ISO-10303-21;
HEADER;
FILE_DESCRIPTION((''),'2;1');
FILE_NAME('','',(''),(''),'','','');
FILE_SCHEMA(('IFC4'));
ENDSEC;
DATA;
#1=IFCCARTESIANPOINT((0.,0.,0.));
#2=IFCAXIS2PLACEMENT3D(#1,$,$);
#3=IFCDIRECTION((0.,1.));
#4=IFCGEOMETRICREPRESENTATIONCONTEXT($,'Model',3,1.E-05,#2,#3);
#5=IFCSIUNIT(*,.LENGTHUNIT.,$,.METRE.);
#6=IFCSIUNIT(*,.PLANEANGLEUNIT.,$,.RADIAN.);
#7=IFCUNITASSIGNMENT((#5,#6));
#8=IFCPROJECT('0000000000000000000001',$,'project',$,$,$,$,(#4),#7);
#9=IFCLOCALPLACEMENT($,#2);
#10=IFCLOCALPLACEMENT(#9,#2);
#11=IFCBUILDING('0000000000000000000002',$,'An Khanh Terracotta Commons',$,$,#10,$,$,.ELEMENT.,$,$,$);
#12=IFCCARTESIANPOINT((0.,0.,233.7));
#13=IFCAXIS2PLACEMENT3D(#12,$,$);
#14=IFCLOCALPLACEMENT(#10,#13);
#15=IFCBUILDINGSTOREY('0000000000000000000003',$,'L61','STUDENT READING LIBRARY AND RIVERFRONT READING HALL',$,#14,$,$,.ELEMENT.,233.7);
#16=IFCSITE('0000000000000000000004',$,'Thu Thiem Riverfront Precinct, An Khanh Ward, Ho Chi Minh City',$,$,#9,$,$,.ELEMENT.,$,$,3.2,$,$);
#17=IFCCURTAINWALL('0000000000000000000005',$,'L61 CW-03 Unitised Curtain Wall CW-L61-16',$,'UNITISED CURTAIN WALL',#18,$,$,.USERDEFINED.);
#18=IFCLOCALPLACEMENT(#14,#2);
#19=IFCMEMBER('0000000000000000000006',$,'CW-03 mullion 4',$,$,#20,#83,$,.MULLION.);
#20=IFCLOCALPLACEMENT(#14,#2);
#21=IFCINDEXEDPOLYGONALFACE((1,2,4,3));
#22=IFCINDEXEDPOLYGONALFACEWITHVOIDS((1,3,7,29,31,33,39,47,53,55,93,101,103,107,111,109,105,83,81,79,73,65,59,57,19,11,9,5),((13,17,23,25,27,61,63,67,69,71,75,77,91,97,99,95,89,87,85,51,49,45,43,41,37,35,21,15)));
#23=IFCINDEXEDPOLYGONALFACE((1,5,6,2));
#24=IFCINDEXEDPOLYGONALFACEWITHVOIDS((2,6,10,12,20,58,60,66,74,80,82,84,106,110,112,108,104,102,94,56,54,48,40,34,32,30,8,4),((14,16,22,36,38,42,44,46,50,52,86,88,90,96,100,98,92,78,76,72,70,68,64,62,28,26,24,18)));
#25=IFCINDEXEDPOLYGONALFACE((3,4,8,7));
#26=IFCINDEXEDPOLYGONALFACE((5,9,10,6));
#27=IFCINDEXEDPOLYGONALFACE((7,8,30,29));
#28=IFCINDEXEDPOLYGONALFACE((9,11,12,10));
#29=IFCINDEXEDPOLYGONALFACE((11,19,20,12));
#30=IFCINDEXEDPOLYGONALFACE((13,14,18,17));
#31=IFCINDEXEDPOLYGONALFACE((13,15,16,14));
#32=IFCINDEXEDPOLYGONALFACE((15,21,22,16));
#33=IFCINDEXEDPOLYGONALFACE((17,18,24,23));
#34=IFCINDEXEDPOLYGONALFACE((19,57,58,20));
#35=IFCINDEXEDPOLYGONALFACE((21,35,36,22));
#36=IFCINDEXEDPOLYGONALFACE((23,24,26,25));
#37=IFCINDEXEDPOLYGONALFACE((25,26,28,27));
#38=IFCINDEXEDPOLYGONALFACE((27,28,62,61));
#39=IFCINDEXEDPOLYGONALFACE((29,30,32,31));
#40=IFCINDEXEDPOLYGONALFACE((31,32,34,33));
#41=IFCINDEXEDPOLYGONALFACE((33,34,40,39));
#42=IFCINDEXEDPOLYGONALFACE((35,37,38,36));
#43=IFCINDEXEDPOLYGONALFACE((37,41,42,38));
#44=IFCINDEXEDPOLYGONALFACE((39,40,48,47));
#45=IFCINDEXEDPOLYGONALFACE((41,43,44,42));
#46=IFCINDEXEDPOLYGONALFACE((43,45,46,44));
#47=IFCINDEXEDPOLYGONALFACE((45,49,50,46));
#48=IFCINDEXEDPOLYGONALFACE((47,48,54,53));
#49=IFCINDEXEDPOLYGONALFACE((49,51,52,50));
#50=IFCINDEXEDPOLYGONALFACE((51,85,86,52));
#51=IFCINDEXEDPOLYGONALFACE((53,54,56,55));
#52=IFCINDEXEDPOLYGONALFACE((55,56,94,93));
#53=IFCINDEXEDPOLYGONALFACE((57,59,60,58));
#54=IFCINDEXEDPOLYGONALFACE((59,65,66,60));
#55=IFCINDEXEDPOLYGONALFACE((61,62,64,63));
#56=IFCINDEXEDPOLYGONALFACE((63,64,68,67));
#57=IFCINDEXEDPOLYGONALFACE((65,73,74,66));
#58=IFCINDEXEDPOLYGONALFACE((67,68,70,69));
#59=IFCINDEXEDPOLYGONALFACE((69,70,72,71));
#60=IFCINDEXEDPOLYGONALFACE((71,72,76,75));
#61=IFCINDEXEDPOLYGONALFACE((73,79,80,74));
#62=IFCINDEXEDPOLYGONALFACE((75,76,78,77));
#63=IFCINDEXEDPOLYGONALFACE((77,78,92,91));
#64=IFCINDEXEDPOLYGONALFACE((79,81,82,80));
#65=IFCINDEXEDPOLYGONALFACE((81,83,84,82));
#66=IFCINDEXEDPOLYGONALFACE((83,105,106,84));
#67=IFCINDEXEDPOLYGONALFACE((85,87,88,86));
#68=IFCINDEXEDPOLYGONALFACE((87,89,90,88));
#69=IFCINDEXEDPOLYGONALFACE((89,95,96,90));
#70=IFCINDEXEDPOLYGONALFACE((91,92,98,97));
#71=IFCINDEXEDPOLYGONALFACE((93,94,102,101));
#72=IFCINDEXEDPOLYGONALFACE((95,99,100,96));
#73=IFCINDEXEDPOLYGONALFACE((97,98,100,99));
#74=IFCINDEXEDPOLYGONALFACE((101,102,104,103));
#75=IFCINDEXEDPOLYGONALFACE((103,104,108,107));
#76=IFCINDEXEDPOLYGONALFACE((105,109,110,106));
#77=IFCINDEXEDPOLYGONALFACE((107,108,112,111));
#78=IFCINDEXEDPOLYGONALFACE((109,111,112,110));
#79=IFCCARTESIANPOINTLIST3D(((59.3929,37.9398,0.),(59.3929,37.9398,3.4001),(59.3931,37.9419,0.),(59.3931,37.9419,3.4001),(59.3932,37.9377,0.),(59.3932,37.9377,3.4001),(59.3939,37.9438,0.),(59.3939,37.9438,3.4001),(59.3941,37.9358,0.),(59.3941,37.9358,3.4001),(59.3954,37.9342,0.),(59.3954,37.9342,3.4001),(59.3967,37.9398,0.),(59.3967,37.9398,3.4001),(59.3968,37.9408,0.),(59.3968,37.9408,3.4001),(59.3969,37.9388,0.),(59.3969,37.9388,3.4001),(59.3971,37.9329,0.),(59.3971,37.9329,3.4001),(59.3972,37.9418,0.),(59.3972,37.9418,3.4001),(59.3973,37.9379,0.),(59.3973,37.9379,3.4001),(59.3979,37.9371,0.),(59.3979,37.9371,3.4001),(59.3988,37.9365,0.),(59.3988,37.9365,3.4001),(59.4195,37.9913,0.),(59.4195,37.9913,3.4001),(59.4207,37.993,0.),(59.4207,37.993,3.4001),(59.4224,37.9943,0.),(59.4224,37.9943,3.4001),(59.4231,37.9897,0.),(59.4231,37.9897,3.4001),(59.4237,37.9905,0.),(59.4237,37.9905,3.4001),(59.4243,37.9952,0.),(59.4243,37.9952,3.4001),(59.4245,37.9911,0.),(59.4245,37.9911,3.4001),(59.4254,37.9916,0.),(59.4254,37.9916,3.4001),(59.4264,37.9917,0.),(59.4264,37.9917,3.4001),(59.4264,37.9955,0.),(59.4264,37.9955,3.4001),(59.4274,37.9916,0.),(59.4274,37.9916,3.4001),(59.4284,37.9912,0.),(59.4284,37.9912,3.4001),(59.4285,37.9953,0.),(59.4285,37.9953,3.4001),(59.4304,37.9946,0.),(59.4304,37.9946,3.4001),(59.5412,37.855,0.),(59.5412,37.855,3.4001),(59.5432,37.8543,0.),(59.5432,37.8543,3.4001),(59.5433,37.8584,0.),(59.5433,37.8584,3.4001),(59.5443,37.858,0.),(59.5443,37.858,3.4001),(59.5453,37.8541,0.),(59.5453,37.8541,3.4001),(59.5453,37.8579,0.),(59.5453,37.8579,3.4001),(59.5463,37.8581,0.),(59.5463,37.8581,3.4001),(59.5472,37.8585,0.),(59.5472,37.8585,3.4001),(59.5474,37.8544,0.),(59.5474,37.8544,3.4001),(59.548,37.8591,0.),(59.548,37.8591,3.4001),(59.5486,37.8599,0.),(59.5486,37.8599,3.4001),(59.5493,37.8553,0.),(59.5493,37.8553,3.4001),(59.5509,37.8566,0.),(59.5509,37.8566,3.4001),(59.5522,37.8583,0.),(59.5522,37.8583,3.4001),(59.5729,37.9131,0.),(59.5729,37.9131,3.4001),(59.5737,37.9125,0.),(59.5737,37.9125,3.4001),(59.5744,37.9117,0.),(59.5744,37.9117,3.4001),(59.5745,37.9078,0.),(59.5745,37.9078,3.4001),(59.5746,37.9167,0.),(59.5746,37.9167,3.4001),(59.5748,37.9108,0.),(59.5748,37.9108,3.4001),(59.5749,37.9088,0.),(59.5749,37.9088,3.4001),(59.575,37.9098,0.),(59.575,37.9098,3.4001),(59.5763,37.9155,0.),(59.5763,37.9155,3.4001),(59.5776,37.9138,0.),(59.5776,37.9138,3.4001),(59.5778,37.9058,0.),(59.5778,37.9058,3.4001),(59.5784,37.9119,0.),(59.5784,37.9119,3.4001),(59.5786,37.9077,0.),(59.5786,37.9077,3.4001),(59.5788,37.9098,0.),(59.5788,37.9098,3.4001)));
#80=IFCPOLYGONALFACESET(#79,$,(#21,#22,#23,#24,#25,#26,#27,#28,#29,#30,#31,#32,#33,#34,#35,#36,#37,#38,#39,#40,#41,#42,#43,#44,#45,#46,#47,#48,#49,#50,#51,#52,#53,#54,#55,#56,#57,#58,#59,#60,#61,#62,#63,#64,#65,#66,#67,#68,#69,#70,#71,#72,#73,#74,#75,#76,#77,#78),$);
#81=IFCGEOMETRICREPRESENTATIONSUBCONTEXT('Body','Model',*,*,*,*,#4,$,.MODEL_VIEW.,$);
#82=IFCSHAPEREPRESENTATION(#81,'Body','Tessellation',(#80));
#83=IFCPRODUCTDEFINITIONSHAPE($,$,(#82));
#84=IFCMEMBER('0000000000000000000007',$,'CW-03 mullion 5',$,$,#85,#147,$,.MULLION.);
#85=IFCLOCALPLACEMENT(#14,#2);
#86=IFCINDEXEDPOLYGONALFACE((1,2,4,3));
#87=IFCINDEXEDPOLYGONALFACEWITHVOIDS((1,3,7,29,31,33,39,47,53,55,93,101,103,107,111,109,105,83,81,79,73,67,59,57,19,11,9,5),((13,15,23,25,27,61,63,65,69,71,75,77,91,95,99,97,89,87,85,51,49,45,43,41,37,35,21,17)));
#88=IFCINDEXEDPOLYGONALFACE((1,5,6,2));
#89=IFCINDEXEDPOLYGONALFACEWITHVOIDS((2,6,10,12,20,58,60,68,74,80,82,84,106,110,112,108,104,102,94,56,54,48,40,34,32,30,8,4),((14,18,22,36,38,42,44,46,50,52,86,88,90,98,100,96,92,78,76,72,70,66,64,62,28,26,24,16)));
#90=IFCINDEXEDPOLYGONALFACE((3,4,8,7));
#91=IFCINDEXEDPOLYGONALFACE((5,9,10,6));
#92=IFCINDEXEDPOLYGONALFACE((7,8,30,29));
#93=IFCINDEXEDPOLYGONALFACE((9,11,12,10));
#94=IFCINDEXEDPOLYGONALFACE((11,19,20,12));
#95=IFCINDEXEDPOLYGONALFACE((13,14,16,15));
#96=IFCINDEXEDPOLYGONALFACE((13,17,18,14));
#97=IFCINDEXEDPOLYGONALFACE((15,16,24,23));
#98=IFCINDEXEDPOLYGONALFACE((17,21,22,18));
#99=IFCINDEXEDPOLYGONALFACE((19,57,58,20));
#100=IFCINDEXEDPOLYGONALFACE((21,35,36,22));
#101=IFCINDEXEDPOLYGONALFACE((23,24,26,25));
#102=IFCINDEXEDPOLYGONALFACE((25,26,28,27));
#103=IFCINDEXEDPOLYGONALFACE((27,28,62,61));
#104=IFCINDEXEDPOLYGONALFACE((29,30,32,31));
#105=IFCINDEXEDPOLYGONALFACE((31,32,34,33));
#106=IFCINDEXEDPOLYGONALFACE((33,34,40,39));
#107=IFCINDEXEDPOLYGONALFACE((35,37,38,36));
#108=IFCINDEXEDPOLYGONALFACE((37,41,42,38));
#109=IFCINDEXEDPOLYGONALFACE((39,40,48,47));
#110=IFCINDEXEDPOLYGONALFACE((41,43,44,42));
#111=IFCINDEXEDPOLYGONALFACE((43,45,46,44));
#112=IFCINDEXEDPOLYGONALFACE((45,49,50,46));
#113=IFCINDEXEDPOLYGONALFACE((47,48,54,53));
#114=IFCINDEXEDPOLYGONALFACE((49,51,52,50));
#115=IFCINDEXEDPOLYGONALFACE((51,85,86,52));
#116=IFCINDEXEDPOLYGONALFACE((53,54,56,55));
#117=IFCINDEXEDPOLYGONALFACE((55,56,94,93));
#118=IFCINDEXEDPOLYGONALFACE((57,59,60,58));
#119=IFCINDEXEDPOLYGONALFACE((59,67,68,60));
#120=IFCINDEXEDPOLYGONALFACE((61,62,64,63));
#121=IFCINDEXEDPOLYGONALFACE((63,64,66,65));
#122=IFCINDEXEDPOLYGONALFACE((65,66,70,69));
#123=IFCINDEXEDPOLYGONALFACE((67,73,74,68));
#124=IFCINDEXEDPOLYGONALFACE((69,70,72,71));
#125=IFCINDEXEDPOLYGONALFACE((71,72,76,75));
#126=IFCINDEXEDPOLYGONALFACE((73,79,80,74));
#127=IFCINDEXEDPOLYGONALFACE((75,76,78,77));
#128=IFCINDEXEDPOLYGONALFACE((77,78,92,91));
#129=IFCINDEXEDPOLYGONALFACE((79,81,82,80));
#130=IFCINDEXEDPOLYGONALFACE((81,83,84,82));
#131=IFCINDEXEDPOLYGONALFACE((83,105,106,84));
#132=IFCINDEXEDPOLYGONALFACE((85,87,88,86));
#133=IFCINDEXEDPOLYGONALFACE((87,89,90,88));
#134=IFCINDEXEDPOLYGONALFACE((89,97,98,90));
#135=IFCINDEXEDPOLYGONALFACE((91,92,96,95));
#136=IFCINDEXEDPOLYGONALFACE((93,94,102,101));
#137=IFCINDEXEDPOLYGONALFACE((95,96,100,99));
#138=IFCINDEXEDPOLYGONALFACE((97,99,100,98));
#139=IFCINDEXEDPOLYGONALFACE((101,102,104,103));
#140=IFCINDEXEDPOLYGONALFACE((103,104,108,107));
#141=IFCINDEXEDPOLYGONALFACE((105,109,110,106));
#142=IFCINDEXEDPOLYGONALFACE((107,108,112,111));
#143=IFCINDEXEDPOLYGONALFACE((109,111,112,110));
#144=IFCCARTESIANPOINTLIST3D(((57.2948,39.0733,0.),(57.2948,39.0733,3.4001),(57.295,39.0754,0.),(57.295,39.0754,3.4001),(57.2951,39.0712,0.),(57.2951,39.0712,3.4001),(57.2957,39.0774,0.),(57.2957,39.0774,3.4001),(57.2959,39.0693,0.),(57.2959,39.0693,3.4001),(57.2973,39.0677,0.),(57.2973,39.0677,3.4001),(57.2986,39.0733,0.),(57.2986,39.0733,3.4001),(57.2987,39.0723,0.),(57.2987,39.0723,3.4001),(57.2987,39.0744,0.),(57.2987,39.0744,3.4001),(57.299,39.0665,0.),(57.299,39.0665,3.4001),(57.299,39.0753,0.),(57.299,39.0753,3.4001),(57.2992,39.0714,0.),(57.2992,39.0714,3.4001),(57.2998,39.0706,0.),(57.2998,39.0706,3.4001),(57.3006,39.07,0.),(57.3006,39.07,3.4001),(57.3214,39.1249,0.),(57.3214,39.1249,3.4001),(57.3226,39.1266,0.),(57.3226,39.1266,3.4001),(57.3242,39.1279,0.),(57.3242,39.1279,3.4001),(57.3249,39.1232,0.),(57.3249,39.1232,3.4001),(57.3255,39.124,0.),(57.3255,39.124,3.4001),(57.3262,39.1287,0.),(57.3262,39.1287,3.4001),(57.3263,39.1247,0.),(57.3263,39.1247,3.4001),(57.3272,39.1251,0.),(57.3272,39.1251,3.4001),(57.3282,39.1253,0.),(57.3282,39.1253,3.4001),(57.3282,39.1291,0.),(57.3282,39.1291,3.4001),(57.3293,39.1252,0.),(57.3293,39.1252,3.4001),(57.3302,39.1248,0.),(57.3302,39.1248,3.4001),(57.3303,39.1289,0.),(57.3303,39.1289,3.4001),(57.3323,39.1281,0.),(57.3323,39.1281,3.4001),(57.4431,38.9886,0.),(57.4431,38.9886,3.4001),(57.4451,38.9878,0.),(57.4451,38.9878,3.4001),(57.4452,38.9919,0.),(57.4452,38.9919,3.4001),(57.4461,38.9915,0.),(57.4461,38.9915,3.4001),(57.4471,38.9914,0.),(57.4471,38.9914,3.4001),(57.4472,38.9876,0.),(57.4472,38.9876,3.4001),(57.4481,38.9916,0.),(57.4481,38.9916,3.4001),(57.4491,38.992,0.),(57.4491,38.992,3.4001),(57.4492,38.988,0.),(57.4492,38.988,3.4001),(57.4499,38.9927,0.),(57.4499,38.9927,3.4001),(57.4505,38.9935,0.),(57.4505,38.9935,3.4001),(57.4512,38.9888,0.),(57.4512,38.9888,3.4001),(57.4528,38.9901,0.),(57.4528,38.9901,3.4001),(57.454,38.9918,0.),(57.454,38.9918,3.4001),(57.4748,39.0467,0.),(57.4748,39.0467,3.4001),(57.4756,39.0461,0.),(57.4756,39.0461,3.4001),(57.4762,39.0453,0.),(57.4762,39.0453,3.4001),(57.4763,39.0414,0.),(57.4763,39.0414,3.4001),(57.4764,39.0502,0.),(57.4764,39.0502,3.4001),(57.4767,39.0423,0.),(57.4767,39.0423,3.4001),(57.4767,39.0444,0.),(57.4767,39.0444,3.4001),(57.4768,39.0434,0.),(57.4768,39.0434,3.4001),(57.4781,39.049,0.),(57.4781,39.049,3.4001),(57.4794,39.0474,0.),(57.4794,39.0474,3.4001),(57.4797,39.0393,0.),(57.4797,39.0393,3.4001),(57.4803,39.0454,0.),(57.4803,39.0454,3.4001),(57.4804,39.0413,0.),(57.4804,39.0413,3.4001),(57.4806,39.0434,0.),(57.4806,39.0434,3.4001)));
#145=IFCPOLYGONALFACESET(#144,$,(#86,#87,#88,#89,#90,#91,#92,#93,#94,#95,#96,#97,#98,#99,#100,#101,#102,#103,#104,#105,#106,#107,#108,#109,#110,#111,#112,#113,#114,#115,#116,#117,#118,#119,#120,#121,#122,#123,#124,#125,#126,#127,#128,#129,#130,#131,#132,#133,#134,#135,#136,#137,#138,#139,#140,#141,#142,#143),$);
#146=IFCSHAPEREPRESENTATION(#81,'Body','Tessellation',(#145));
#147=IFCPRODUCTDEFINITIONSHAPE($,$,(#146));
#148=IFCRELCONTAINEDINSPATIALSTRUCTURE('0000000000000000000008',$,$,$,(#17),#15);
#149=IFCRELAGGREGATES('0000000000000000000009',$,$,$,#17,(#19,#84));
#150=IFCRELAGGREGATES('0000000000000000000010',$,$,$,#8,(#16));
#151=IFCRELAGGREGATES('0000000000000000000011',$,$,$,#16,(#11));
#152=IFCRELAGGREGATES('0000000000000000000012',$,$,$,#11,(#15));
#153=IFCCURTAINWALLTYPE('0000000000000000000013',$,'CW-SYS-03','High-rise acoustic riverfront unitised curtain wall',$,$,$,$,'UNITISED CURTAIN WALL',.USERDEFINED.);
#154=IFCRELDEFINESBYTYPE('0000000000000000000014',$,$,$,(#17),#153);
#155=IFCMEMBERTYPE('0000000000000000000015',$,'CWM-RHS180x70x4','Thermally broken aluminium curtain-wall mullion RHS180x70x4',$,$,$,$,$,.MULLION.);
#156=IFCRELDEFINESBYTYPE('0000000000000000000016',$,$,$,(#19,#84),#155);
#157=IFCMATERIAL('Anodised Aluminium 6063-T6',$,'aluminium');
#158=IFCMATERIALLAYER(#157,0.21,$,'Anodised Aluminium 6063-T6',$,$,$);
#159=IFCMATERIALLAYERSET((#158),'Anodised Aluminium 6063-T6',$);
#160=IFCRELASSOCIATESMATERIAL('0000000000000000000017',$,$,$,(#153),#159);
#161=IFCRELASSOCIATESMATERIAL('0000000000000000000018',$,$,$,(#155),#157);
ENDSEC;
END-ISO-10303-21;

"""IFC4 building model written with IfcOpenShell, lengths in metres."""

from ifc_helpers import new_model, si_unit, direction, frame, origin, origin_2d, place, context, subcontext, project, spatial, hollow_rectangle, extrude, material, layer, layer_set, material_profile, profile_set, type_object, element, aggregate, save


model = new_model("IFC4")

# Units and contexts
model_context = context("Model", 3, precision=1e-05, world=origin(), true_north=direction((0.0, 1.0)))
body_context = subcontext(model_context, "Body", "Model", "MODEL_VIEW")
ifc_project = project(units=[si_unit("LENGTHUNIT", "METRE"), si_unit("PLANEANGLEUNIT", "RADIAN")], contexts=[model_context])

# Site, building, storey
site_placement = place(None, origin())
site = spatial("IfcSite", under=ifc_project, at=site_placement, Name="Thu Thiem Riverfront Precinct, An Khanh Ward, Ho Chi Minh City", CompositionType="ELEMENT", RefElevation=3.2)
building_placement = place(site_placement, origin())
building = spatial("IfcBuilding", under=site, at=building_placement, Name="An Khanh Terracotta Commons", CompositionType="ELEMENT")
storey_placement = place(building_placement, frame((0.0, 0.0, 233.7)))
storey = spatial("IfcBuildingStorey", under=building, at=storey_placement, Name="L61", Description="STUDENT READING LIBRARY AND RIVERFRONT READING HALL", CompositionType="ELEMENT", Elevation=233.7)

# Curtain wall, members
ifc_material_1 = material(Name="Anodised Aluminium 6063-T6", Category="aluminium")
ifc_layer_1 = layer(ifc_material_1, 0.21, Name="Anodised Aluminium 6063-T6")
ifc_layer_set_1 = layer_set([ifc_layer_1], Name="Anodised Aluminium 6063-T6")
curtain_wall_type = type_object("IfcCurtainWallType", Name="CW-SYS-03", Description="High-rise acoustic riverfront unitised curtain wall", ElementType="UNITISED CURTAIN WALL", PredefinedType="USERDEFINED", material=ifc_layer_set_1)
curtain_wall_placement = place(storey_placement, origin())
curtain_wall = element("IfcCurtainWall", 1, at=curtain_wall_placement, inside=storey, type_object=curtain_wall_type, Name="L61 CW-03 Unitised Curtain Wall CW-L61-16", ObjectType="UNITISED CURTAIN WALL", PredefinedType="USERDEFINED")
ifc_material_profile_1 = material_profile(ifc_material_1, hollow_rectangle(XDim=0.0701, YDim=0.1799, WallThickness=0.0039, InnerFilletRadius=0.0039, OuterFilletRadius=0.0081, at=origin_2d()), Name="RHS180x70x4")
ifc_profile_set_1 = profile_set([ifc_material_profile_1], Name="Anodised Aluminium 6063-T6")
member_type_1 = type_object("IfcMemberType", Name="CWM-RHS180x70x4", Description="Thermally broken aluminium curtain-wall mullion RHS180x70x4", PredefinedType="MULLION", material=ifc_profile_set_1)
member_1_placement = place(storey_placement, frame((59.4858, 37.9248, 0.0), z_axis=(0.0, 0.0, 1.0), x_axis=(-0.475381, -0.87978, 0.0)))
member_1 = element("IfcMember", 2, at=member_1_placement, type_object=member_type_1, Name="CW-03 mullion 4", PredefinedType="MULLION", context=body_context, shape_type="SweptSolid", body=[
    extrude(hollow_rectangle(XDim=0.0701, YDim=0.1799, WallThickness=0.0039, InnerFilletRadius=0.0039, OuterFilletRadius=0.0081, at=origin_2d()), origin(), (0.0, 0.0, 1.0), 3.4001),
])
member_2_placement = place(storey_placement, frame((57.3877, 39.0583, 0.0), z_axis=(0.0, 0.0, 1.0), x_axis=(-0.475381, -0.87978, 0.0)))
member_2 = element("IfcMember", 3, at=member_2_placement, type_object=member_type_1, Name="CW-03 mullion 5", PredefinedType="MULLION", context=body_context, shape_type="SweptSolid", body=[
    extrude(hollow_rectangle(XDim=0.0701, YDim=0.1799, WallThickness=0.0039, InnerFilletRadius=0.0039, OuterFilletRadius=0.0081, at=origin_2d()), origin(), (0.0, 0.0, 1.0), 3.4001),
])
aggregate(curtain_wall, [member_1, member_2])

save(model, "model.ifc")
